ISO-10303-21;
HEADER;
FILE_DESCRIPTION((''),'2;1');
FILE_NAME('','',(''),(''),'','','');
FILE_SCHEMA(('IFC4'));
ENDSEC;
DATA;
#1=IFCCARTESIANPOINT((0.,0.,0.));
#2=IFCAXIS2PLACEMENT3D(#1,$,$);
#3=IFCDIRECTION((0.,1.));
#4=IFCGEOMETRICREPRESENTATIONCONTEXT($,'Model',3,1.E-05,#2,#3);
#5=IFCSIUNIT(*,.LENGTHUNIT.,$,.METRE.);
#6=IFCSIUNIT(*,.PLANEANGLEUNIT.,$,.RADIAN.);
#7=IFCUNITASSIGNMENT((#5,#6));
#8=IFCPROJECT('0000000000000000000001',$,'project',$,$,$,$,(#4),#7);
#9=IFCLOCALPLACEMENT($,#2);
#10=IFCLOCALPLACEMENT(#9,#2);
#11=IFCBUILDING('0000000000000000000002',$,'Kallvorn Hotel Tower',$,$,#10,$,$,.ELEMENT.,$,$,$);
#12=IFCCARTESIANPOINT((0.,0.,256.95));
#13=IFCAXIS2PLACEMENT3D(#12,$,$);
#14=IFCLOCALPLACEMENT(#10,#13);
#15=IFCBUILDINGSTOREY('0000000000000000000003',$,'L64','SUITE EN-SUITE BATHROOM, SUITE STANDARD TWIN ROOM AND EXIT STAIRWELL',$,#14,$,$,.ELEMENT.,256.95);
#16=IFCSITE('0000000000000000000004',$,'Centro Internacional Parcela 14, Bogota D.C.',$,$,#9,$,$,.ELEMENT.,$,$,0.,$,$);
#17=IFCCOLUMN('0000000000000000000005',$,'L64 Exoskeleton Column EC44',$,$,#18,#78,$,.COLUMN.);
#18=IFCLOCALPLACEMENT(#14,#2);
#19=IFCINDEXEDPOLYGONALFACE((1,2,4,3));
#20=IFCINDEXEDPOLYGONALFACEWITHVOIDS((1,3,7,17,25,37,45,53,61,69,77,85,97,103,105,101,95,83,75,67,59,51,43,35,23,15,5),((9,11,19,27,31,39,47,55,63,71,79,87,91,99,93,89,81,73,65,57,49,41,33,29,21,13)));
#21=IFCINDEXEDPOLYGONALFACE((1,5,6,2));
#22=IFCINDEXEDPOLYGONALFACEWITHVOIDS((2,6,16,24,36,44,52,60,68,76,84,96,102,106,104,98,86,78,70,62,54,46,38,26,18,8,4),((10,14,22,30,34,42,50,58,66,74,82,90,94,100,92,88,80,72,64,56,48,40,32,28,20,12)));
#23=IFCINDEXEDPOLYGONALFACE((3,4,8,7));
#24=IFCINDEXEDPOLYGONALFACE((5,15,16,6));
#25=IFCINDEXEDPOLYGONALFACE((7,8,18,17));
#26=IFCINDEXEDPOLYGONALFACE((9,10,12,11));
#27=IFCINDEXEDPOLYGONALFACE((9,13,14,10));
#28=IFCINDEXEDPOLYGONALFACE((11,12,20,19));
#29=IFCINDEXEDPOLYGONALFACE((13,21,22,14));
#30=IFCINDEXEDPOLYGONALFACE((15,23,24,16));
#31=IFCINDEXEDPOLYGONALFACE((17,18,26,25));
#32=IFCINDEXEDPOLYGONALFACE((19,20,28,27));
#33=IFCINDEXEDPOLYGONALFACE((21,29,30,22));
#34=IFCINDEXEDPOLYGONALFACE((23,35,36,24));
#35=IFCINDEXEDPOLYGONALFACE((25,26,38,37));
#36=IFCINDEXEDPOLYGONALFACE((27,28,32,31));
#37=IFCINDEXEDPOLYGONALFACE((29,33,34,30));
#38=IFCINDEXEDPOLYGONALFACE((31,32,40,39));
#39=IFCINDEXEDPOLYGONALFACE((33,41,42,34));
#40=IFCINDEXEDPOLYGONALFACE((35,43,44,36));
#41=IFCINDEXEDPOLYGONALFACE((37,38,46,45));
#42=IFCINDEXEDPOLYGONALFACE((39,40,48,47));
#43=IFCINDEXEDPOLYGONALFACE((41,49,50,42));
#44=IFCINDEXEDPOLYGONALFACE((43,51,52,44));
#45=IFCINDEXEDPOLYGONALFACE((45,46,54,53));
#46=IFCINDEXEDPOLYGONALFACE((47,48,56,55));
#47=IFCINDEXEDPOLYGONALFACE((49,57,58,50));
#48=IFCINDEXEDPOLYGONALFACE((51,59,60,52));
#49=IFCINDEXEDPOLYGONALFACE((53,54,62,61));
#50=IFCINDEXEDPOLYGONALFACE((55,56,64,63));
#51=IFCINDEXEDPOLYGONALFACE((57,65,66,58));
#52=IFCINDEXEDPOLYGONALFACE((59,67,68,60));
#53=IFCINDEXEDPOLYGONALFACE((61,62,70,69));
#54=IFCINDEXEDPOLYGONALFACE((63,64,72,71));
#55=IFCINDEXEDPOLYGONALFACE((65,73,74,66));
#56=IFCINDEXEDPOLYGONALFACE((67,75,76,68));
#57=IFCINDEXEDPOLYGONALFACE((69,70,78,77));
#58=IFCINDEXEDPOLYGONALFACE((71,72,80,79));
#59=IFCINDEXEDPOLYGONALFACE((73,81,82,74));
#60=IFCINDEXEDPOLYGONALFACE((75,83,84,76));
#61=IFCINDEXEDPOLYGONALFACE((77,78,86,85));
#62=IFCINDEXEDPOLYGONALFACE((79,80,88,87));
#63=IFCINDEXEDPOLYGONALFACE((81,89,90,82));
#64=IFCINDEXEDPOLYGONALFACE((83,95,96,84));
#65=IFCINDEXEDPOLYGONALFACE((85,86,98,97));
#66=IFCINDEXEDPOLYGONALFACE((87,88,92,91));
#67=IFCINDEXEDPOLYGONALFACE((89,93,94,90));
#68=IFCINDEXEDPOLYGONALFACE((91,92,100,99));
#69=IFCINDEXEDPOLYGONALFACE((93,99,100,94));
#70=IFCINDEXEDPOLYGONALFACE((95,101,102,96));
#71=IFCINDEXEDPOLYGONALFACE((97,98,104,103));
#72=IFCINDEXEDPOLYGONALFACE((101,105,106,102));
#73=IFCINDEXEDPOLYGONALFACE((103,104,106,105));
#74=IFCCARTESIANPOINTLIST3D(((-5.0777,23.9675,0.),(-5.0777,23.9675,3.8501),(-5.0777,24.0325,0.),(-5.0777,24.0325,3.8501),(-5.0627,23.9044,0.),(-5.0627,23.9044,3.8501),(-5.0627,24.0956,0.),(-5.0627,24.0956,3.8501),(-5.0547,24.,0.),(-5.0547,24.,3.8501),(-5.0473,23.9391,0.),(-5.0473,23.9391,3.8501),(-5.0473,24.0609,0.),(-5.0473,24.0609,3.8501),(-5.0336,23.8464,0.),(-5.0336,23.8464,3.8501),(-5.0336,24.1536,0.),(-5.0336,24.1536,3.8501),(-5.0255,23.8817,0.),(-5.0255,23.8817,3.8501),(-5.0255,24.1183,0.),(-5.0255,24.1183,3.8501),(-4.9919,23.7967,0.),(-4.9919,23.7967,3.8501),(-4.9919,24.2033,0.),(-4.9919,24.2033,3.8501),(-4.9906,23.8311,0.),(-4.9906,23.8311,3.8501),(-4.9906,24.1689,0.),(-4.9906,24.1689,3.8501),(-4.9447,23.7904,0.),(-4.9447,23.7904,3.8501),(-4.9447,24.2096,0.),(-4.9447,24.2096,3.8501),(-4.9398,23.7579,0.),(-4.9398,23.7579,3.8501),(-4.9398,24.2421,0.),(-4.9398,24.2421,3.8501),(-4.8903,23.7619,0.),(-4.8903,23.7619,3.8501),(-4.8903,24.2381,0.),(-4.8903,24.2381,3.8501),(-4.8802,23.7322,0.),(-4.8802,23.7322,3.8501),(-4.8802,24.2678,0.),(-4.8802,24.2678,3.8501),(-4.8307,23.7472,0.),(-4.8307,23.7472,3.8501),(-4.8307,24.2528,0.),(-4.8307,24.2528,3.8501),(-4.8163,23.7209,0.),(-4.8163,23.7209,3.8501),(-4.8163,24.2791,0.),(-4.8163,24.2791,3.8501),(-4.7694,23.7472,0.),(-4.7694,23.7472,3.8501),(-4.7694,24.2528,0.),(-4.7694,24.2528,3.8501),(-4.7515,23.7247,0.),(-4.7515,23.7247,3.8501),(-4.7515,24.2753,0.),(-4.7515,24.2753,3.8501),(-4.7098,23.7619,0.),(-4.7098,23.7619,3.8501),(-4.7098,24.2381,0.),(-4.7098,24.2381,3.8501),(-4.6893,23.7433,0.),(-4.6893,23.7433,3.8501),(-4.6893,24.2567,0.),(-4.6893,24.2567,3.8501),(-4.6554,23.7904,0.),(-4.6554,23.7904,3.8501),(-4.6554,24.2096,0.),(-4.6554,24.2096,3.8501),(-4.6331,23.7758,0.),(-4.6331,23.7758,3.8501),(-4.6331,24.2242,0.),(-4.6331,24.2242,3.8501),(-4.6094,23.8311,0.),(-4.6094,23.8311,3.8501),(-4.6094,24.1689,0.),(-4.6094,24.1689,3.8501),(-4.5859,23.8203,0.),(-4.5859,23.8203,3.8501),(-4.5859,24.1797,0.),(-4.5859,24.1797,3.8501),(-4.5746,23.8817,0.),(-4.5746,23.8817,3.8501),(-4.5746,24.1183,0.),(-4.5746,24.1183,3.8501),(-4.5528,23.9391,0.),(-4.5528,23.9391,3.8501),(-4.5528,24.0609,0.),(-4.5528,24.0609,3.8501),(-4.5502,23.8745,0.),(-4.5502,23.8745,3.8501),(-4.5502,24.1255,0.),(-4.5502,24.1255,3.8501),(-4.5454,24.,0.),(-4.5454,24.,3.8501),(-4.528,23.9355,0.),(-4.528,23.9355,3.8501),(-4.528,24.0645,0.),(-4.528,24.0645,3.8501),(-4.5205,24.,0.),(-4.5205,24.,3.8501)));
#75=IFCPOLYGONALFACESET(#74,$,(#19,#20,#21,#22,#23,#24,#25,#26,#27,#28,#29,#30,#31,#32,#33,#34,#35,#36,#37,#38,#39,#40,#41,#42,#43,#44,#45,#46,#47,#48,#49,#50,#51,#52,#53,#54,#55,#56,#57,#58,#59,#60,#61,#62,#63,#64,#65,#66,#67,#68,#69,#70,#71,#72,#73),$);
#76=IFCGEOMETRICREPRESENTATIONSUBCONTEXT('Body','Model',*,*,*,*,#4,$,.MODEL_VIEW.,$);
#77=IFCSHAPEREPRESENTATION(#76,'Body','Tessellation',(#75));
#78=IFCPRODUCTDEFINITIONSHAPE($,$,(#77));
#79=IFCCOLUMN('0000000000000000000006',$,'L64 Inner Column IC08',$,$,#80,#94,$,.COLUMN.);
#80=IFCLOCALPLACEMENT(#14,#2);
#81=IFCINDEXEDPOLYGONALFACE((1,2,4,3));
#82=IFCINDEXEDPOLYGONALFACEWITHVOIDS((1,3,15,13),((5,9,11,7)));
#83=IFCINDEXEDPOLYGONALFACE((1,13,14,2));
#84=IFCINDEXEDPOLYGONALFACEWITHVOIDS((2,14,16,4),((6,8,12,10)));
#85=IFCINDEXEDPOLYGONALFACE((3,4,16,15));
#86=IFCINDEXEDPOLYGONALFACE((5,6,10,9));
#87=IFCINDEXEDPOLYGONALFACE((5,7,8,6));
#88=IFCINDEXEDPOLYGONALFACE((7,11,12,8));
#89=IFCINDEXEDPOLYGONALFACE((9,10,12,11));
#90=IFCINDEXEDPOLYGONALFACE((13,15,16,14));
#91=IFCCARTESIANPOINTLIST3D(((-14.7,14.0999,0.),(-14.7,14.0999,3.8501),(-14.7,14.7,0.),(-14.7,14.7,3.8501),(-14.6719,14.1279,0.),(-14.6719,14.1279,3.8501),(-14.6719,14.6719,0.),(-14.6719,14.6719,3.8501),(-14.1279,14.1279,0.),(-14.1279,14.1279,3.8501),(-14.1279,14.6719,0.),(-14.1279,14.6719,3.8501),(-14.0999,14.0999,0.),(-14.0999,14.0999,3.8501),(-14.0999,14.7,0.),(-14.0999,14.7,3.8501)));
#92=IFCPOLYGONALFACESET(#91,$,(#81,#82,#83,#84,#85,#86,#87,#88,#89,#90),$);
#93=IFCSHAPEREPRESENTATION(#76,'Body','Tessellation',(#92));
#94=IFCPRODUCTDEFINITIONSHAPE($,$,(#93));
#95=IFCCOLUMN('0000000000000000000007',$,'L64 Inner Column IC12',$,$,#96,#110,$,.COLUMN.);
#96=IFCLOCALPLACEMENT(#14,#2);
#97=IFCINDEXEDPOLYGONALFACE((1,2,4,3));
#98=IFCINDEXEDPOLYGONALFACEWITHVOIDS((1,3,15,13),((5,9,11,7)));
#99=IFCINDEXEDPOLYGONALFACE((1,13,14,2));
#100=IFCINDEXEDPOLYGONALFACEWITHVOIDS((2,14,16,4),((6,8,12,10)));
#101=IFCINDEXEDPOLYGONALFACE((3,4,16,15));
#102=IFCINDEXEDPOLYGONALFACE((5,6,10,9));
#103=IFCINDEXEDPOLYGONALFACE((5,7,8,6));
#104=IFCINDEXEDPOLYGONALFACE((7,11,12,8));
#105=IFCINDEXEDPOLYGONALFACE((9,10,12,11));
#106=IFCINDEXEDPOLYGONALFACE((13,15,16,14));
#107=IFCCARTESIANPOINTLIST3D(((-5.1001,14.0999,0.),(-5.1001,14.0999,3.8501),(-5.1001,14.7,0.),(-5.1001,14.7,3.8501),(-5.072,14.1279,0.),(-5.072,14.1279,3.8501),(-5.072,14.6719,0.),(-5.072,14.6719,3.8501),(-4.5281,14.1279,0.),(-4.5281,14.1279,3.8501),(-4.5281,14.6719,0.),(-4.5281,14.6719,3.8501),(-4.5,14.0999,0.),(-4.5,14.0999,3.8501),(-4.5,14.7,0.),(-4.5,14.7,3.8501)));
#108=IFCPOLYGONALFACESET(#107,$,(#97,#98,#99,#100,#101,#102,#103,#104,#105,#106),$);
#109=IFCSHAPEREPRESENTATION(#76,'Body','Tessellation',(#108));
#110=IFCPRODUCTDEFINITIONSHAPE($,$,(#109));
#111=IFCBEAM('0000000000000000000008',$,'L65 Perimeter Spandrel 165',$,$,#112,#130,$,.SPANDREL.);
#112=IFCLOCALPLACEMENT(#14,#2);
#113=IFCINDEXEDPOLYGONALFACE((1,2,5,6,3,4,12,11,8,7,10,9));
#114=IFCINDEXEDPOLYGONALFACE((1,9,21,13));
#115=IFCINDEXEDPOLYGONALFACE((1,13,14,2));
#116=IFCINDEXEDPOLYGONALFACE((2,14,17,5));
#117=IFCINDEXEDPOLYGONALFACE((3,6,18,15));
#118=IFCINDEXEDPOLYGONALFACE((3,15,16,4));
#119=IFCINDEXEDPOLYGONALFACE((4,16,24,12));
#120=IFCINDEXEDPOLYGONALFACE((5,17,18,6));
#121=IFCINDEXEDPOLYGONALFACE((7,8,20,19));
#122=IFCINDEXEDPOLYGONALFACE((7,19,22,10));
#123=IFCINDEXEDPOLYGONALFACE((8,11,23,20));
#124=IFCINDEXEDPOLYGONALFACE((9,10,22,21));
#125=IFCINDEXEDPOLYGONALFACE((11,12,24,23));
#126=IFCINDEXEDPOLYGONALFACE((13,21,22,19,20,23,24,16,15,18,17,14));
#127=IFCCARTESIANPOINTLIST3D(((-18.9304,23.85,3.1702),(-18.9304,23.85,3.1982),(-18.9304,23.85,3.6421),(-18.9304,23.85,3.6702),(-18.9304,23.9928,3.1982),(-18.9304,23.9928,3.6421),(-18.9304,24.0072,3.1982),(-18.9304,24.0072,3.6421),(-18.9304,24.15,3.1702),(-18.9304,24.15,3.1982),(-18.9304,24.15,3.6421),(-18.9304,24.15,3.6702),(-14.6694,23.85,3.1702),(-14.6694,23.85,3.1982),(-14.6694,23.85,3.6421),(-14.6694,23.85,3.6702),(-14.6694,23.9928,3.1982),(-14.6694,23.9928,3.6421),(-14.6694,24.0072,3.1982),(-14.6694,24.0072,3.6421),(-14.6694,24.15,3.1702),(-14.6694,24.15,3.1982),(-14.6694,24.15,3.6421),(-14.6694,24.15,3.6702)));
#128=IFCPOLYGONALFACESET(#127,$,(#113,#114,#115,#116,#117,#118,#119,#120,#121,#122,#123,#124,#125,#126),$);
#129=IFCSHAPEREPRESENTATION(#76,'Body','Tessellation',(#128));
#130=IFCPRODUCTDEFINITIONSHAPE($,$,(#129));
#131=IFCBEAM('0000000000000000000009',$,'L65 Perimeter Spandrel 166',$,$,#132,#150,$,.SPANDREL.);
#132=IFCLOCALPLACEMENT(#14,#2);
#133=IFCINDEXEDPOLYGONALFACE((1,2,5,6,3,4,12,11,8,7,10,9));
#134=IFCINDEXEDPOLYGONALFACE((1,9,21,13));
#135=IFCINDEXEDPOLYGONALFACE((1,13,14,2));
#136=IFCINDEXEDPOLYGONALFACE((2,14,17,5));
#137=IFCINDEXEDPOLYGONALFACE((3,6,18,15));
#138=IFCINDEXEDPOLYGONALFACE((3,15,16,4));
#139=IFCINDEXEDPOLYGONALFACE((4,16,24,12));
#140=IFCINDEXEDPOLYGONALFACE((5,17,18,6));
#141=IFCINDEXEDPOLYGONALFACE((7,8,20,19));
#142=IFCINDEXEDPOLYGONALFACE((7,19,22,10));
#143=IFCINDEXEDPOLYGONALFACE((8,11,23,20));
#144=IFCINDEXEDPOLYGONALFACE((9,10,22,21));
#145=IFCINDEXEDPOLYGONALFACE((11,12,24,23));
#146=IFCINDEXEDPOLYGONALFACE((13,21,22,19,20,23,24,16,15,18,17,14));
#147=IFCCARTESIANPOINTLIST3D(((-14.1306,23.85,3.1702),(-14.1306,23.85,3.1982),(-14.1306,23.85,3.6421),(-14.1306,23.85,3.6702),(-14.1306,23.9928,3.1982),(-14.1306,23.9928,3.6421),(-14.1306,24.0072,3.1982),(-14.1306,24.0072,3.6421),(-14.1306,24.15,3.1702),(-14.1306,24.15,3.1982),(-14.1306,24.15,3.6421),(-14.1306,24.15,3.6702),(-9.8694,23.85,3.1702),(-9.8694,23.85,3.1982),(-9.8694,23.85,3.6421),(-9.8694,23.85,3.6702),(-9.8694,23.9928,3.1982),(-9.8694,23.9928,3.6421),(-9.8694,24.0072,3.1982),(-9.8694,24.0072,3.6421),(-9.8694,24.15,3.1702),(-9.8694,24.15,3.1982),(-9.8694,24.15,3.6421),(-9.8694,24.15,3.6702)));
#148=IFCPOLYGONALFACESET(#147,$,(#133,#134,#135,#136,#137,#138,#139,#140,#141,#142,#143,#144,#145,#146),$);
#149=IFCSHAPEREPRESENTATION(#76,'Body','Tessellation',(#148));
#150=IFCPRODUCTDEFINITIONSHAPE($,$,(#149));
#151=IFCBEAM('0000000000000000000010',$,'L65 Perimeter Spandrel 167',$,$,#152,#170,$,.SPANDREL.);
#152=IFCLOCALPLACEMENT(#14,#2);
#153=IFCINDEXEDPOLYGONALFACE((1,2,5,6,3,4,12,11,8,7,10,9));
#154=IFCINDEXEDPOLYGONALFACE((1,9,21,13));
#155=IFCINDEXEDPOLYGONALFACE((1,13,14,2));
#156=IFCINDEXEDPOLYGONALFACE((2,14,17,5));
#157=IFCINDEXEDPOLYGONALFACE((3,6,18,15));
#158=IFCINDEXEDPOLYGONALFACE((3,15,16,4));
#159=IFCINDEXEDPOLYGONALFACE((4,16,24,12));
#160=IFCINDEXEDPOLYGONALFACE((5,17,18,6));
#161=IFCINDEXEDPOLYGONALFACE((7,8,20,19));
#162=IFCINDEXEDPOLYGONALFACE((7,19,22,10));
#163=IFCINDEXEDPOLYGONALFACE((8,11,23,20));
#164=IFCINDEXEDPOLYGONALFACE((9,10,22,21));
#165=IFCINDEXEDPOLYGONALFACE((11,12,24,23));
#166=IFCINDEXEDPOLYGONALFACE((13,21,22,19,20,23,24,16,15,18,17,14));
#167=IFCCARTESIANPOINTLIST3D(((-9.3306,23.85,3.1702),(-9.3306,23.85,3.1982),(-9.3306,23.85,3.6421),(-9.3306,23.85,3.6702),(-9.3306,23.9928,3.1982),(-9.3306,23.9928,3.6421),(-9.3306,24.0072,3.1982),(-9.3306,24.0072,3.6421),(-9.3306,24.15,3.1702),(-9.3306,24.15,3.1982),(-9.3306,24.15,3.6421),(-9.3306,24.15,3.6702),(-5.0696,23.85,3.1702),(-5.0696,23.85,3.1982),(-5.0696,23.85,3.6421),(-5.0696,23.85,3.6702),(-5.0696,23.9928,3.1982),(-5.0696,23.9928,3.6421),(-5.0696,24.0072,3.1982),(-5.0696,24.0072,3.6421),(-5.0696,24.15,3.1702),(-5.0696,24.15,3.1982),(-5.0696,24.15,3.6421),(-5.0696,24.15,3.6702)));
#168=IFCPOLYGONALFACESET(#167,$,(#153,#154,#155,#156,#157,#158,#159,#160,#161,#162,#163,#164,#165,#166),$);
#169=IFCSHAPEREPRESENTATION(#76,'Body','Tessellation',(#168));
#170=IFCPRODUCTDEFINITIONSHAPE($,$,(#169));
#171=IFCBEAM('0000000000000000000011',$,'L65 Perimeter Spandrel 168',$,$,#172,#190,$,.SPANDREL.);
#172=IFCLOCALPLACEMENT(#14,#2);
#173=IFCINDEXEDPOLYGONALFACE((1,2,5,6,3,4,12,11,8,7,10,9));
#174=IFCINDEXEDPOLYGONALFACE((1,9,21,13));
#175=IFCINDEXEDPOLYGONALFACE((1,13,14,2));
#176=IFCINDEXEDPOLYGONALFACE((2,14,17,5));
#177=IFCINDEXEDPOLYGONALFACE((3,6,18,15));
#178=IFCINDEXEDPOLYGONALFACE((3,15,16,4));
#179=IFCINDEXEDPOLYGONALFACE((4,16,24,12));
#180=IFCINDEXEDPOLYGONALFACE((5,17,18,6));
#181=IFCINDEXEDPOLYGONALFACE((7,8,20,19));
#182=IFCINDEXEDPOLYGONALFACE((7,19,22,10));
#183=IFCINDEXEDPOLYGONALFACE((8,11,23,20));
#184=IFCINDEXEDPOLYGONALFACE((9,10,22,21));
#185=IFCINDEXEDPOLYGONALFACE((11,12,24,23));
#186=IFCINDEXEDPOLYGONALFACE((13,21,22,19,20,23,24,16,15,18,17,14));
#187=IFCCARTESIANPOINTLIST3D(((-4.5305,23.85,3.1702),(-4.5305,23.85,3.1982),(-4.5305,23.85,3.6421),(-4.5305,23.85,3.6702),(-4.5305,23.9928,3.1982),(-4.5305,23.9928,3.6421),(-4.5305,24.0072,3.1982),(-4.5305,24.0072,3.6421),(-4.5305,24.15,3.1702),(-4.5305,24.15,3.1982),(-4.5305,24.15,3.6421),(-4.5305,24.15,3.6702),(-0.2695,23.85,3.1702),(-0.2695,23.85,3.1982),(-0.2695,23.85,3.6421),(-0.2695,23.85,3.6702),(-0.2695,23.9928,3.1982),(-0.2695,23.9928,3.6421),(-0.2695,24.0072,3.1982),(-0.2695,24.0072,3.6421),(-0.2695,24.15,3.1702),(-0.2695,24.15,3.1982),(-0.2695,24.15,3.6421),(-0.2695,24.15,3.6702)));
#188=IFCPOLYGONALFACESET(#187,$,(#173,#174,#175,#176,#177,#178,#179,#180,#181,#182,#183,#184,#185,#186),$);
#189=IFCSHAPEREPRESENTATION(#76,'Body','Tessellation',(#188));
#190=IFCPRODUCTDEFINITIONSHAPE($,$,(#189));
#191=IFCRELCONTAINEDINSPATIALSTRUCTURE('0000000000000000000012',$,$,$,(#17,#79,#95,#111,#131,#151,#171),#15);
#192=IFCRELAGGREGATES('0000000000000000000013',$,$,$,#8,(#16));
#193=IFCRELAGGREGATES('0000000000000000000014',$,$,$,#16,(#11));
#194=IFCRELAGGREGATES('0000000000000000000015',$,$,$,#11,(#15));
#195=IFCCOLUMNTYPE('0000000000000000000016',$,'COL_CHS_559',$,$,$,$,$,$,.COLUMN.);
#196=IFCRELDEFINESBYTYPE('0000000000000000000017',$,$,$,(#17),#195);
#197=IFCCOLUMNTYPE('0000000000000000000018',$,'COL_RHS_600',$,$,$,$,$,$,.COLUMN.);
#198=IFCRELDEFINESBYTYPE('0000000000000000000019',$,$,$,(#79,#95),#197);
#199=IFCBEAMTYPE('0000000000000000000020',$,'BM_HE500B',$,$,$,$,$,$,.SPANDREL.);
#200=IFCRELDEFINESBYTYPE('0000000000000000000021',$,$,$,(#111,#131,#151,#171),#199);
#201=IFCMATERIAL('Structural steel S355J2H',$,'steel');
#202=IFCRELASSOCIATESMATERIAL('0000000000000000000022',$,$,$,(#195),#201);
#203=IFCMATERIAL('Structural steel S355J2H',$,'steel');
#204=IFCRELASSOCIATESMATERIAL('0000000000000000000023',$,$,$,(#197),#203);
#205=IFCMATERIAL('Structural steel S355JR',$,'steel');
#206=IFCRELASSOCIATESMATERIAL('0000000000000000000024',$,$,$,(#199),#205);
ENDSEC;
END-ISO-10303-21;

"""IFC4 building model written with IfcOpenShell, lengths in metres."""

from ifc_helpers import new_model, si_unit, direction, frame, origin, origin_2d, place, context, subcontext, project, spatial, hollow_rectangle, hollow_circle, i_section, extrude, material, material_profile, profile_set, type_object, element, save


model = new_model("IFC4")

# Units and contexts
model_context = context("Model", 3, precision=1e-05, world=origin(), true_north=direction((0.0, 1.0)))
body_context = subcontext(model_context, "Body", "Model", "MODEL_VIEW")
ifc_project = project(units=[si_unit("LENGTHUNIT", "METRE"), si_unit("PLANEANGLEUNIT", "RADIAN")], contexts=[model_context])

# Site, building, storey
site_placement = place(None, origin())
site = spatial("IfcSite", under=ifc_project, at=site_placement, Name="Centro Internacional Parcela 14, Bogota D.C.", CompositionType="ELEMENT", RefElevation=0.0)
building_placement = place(site_placement, origin())
building = spatial("IfcBuilding", under=site, at=building_placement, Name="Kallvorn Hotel Tower", CompositionType="ELEMENT")
storey_placement = place(building_placement, frame((0.0, 0.0, 256.95)))
storey = spatial("IfcBuildingStorey", under=building, at=storey_placement, Name="L64", Description="SUITE EN-SUITE BATHROOM, SUITE STANDARD TWIN ROOM AND EXIT STAIRWELL", CompositionType="ELEMENT", Elevation=256.95)

# Columns
ifc_material_1 = material(Name="Structural steel S355J2H", Category="steel")
ifc_material_profile_1 = material_profile(ifc_material_1, hollow_circle(Radius=0.2795, WallThickness=0.0249, at=origin_2d()), Name="CHS 559x25")
ifc_profile_set_1 = profile_set([ifc_material_profile_1], Name="Structural steel S355J2H")
column_type_1 = type_object("IfcColumnType", Name="COL_CHS_559", PredefinedType="COLUMN", material=ifc_profile_set_1)
for number, where, z_axis, x_axis, name in (
    (1, (-4.8, 24.0, 0.0), (0.0, 0.0, 1.0), (1.0, 0.0, 0.0), "L64 Exoskeleton Column EC44"),
):
    element("IfcColumn", number, at=place(storey_placement, frame(where, z_axis=z_axis, x_axis=x_axis)), inside=storey, type_object=column_type_1, Name=name, PredefinedType="COLUMN", context=body_context, shape_type="SweptSolid", body=[
        extrude(hollow_circle(Radius=0.2795, WallThickness=0.0249, at=origin_2d()), origin(), (0.0, 0.0, 1.0), 3.8501),
    ])
ifc_material_2 = material(Name="Structural steel S355J2H", Category="steel")
ifc_material_profile_2 = material_profile(ifc_material_2, hollow_rectangle(XDim=0.6001, YDim=0.6001, WallThickness=0.0281, at=origin_2d()), Name="RHS 600x600x28")
ifc_profile_set_2 = profile_set([ifc_material_profile_2], Name="Structural steel S355J2H")
column_type_2 = type_object("IfcColumnType", Name="COL_RHS_600", PredefinedType="COLUMN", material=ifc_profile_set_2)
for number, where, z_axis, x_axis, name in (
    (2, (-14.3999, 14.3999, 0.0), (0.0, 0.0, 1.0), (1.0, 0.0, 0.0), "L64 Inner Column IC08"),
    (3, (-4.8, 14.3999, 0.0), (0.0, 0.0, 1.0), (1.0, 0.0, 0.0), "L64 Inner Column IC12"),
):
    element("IfcColumn", number, at=place(storey_placement, frame(where, z_axis=z_axis, x_axis=x_axis)), inside=storey, type_object=column_type_2, Name=name, PredefinedType="COLUMN", context=body_context, shape_type="SweptSolid", body=[
        extrude(hollow_rectangle(XDim=0.6001, YDim=0.6001, WallThickness=0.0281, at=origin_2d()), origin(), (0.0, 0.0, 1.0), 3.8501),
    ])

# Beams
ifc_material_3 = material(Name="Structural steel S355JR", Category="steel")
ifc_material_profile_3 = material_profile(ifc_material_3, i_section(OverallWidth=0.3, OverallDepth=0.5, WebThickness=0.0144, FlangeThickness=0.0281, at=origin_2d()), Name="HE 500 B")
ifc_profile_set_3 = profile_set([ifc_material_profile_3], Name="Structural steel S355JR")
beam_type_1 = type_object("IfcBeamType", Name="BM_HE500B", PredefinedType="SPANDREL", material=ifc_profile_set_3)
beam_1_placement = place(storey_placement, frame((-18.9304, 24.0, 3.4202), z_axis=(1.0, 0.0, 0.0), x_axis=(0.0, 1.0, 0.0)))
element("IfcBeam", 4, at=beam_1_placement, inside=storey, type_object=beam_type_1, Name="L65 Perimeter Spandrel 165", PredefinedType="SPANDREL", context=body_context, shape_type="SweptSolid", body=[
    extrude(i_section(OverallWidth=0.3, OverallDepth=0.5, WebThickness=0.0144, FlangeThickness=0.0281, at=origin_2d()), origin(), (0.0, 0.0, 1.0), 4.261),
])
beam_2_placement = place(storey_placement, frame((-14.1306, 24.0, 3.4202), z_axis=(1.0, 0.0, 0.0), x_axis=(0.0, 1.0, 0.0)))
element("IfcBeam", 5, at=beam_2_placement, inside=storey, type_object=beam_type_1, Name="L65 Perimeter Spandrel 166", PredefinedType="SPANDREL", context=body_context, shape_type="SweptSolid", body=[
    extrude(i_section(OverallWidth=0.3, OverallDepth=0.5, WebThickness=0.0144, FlangeThickness=0.0281, at=origin_2d()), origin(), (0.0, 0.0, 1.0), 4.2612),
])
for number, where, z_axis, x_axis, name in (
    (6, (-9.3306, 24.0, 3.4202), (1.0, 0.0, 0.0), (0.0, 1.0, 0.0), "L65 Perimeter Spandrel 167"),
    (7, (-4.5305, 24.0, 3.4202), (1.0, 0.0, 0.0), (0.0, 1.0, 0.0), "L65 Perimeter Spandrel 168"),
):
    element("IfcBeam", number, at=place(storey_placement, frame(where, z_axis=z_axis, x_axis=x_axis)), inside=storey, type_object=beam_type_1, Name=name, PredefinedType="SPANDREL", context=body_context, shape_type="SweptSolid", body=[
        extrude(i_section(OverallWidth=0.3, OverallDepth=0.5, WebThickness=0.0144, FlangeThickness=0.0281, at=origin_2d()), origin(), (0.0, 0.0, 1.0), 4.261),
    ])

save(model, "model.ifc")
